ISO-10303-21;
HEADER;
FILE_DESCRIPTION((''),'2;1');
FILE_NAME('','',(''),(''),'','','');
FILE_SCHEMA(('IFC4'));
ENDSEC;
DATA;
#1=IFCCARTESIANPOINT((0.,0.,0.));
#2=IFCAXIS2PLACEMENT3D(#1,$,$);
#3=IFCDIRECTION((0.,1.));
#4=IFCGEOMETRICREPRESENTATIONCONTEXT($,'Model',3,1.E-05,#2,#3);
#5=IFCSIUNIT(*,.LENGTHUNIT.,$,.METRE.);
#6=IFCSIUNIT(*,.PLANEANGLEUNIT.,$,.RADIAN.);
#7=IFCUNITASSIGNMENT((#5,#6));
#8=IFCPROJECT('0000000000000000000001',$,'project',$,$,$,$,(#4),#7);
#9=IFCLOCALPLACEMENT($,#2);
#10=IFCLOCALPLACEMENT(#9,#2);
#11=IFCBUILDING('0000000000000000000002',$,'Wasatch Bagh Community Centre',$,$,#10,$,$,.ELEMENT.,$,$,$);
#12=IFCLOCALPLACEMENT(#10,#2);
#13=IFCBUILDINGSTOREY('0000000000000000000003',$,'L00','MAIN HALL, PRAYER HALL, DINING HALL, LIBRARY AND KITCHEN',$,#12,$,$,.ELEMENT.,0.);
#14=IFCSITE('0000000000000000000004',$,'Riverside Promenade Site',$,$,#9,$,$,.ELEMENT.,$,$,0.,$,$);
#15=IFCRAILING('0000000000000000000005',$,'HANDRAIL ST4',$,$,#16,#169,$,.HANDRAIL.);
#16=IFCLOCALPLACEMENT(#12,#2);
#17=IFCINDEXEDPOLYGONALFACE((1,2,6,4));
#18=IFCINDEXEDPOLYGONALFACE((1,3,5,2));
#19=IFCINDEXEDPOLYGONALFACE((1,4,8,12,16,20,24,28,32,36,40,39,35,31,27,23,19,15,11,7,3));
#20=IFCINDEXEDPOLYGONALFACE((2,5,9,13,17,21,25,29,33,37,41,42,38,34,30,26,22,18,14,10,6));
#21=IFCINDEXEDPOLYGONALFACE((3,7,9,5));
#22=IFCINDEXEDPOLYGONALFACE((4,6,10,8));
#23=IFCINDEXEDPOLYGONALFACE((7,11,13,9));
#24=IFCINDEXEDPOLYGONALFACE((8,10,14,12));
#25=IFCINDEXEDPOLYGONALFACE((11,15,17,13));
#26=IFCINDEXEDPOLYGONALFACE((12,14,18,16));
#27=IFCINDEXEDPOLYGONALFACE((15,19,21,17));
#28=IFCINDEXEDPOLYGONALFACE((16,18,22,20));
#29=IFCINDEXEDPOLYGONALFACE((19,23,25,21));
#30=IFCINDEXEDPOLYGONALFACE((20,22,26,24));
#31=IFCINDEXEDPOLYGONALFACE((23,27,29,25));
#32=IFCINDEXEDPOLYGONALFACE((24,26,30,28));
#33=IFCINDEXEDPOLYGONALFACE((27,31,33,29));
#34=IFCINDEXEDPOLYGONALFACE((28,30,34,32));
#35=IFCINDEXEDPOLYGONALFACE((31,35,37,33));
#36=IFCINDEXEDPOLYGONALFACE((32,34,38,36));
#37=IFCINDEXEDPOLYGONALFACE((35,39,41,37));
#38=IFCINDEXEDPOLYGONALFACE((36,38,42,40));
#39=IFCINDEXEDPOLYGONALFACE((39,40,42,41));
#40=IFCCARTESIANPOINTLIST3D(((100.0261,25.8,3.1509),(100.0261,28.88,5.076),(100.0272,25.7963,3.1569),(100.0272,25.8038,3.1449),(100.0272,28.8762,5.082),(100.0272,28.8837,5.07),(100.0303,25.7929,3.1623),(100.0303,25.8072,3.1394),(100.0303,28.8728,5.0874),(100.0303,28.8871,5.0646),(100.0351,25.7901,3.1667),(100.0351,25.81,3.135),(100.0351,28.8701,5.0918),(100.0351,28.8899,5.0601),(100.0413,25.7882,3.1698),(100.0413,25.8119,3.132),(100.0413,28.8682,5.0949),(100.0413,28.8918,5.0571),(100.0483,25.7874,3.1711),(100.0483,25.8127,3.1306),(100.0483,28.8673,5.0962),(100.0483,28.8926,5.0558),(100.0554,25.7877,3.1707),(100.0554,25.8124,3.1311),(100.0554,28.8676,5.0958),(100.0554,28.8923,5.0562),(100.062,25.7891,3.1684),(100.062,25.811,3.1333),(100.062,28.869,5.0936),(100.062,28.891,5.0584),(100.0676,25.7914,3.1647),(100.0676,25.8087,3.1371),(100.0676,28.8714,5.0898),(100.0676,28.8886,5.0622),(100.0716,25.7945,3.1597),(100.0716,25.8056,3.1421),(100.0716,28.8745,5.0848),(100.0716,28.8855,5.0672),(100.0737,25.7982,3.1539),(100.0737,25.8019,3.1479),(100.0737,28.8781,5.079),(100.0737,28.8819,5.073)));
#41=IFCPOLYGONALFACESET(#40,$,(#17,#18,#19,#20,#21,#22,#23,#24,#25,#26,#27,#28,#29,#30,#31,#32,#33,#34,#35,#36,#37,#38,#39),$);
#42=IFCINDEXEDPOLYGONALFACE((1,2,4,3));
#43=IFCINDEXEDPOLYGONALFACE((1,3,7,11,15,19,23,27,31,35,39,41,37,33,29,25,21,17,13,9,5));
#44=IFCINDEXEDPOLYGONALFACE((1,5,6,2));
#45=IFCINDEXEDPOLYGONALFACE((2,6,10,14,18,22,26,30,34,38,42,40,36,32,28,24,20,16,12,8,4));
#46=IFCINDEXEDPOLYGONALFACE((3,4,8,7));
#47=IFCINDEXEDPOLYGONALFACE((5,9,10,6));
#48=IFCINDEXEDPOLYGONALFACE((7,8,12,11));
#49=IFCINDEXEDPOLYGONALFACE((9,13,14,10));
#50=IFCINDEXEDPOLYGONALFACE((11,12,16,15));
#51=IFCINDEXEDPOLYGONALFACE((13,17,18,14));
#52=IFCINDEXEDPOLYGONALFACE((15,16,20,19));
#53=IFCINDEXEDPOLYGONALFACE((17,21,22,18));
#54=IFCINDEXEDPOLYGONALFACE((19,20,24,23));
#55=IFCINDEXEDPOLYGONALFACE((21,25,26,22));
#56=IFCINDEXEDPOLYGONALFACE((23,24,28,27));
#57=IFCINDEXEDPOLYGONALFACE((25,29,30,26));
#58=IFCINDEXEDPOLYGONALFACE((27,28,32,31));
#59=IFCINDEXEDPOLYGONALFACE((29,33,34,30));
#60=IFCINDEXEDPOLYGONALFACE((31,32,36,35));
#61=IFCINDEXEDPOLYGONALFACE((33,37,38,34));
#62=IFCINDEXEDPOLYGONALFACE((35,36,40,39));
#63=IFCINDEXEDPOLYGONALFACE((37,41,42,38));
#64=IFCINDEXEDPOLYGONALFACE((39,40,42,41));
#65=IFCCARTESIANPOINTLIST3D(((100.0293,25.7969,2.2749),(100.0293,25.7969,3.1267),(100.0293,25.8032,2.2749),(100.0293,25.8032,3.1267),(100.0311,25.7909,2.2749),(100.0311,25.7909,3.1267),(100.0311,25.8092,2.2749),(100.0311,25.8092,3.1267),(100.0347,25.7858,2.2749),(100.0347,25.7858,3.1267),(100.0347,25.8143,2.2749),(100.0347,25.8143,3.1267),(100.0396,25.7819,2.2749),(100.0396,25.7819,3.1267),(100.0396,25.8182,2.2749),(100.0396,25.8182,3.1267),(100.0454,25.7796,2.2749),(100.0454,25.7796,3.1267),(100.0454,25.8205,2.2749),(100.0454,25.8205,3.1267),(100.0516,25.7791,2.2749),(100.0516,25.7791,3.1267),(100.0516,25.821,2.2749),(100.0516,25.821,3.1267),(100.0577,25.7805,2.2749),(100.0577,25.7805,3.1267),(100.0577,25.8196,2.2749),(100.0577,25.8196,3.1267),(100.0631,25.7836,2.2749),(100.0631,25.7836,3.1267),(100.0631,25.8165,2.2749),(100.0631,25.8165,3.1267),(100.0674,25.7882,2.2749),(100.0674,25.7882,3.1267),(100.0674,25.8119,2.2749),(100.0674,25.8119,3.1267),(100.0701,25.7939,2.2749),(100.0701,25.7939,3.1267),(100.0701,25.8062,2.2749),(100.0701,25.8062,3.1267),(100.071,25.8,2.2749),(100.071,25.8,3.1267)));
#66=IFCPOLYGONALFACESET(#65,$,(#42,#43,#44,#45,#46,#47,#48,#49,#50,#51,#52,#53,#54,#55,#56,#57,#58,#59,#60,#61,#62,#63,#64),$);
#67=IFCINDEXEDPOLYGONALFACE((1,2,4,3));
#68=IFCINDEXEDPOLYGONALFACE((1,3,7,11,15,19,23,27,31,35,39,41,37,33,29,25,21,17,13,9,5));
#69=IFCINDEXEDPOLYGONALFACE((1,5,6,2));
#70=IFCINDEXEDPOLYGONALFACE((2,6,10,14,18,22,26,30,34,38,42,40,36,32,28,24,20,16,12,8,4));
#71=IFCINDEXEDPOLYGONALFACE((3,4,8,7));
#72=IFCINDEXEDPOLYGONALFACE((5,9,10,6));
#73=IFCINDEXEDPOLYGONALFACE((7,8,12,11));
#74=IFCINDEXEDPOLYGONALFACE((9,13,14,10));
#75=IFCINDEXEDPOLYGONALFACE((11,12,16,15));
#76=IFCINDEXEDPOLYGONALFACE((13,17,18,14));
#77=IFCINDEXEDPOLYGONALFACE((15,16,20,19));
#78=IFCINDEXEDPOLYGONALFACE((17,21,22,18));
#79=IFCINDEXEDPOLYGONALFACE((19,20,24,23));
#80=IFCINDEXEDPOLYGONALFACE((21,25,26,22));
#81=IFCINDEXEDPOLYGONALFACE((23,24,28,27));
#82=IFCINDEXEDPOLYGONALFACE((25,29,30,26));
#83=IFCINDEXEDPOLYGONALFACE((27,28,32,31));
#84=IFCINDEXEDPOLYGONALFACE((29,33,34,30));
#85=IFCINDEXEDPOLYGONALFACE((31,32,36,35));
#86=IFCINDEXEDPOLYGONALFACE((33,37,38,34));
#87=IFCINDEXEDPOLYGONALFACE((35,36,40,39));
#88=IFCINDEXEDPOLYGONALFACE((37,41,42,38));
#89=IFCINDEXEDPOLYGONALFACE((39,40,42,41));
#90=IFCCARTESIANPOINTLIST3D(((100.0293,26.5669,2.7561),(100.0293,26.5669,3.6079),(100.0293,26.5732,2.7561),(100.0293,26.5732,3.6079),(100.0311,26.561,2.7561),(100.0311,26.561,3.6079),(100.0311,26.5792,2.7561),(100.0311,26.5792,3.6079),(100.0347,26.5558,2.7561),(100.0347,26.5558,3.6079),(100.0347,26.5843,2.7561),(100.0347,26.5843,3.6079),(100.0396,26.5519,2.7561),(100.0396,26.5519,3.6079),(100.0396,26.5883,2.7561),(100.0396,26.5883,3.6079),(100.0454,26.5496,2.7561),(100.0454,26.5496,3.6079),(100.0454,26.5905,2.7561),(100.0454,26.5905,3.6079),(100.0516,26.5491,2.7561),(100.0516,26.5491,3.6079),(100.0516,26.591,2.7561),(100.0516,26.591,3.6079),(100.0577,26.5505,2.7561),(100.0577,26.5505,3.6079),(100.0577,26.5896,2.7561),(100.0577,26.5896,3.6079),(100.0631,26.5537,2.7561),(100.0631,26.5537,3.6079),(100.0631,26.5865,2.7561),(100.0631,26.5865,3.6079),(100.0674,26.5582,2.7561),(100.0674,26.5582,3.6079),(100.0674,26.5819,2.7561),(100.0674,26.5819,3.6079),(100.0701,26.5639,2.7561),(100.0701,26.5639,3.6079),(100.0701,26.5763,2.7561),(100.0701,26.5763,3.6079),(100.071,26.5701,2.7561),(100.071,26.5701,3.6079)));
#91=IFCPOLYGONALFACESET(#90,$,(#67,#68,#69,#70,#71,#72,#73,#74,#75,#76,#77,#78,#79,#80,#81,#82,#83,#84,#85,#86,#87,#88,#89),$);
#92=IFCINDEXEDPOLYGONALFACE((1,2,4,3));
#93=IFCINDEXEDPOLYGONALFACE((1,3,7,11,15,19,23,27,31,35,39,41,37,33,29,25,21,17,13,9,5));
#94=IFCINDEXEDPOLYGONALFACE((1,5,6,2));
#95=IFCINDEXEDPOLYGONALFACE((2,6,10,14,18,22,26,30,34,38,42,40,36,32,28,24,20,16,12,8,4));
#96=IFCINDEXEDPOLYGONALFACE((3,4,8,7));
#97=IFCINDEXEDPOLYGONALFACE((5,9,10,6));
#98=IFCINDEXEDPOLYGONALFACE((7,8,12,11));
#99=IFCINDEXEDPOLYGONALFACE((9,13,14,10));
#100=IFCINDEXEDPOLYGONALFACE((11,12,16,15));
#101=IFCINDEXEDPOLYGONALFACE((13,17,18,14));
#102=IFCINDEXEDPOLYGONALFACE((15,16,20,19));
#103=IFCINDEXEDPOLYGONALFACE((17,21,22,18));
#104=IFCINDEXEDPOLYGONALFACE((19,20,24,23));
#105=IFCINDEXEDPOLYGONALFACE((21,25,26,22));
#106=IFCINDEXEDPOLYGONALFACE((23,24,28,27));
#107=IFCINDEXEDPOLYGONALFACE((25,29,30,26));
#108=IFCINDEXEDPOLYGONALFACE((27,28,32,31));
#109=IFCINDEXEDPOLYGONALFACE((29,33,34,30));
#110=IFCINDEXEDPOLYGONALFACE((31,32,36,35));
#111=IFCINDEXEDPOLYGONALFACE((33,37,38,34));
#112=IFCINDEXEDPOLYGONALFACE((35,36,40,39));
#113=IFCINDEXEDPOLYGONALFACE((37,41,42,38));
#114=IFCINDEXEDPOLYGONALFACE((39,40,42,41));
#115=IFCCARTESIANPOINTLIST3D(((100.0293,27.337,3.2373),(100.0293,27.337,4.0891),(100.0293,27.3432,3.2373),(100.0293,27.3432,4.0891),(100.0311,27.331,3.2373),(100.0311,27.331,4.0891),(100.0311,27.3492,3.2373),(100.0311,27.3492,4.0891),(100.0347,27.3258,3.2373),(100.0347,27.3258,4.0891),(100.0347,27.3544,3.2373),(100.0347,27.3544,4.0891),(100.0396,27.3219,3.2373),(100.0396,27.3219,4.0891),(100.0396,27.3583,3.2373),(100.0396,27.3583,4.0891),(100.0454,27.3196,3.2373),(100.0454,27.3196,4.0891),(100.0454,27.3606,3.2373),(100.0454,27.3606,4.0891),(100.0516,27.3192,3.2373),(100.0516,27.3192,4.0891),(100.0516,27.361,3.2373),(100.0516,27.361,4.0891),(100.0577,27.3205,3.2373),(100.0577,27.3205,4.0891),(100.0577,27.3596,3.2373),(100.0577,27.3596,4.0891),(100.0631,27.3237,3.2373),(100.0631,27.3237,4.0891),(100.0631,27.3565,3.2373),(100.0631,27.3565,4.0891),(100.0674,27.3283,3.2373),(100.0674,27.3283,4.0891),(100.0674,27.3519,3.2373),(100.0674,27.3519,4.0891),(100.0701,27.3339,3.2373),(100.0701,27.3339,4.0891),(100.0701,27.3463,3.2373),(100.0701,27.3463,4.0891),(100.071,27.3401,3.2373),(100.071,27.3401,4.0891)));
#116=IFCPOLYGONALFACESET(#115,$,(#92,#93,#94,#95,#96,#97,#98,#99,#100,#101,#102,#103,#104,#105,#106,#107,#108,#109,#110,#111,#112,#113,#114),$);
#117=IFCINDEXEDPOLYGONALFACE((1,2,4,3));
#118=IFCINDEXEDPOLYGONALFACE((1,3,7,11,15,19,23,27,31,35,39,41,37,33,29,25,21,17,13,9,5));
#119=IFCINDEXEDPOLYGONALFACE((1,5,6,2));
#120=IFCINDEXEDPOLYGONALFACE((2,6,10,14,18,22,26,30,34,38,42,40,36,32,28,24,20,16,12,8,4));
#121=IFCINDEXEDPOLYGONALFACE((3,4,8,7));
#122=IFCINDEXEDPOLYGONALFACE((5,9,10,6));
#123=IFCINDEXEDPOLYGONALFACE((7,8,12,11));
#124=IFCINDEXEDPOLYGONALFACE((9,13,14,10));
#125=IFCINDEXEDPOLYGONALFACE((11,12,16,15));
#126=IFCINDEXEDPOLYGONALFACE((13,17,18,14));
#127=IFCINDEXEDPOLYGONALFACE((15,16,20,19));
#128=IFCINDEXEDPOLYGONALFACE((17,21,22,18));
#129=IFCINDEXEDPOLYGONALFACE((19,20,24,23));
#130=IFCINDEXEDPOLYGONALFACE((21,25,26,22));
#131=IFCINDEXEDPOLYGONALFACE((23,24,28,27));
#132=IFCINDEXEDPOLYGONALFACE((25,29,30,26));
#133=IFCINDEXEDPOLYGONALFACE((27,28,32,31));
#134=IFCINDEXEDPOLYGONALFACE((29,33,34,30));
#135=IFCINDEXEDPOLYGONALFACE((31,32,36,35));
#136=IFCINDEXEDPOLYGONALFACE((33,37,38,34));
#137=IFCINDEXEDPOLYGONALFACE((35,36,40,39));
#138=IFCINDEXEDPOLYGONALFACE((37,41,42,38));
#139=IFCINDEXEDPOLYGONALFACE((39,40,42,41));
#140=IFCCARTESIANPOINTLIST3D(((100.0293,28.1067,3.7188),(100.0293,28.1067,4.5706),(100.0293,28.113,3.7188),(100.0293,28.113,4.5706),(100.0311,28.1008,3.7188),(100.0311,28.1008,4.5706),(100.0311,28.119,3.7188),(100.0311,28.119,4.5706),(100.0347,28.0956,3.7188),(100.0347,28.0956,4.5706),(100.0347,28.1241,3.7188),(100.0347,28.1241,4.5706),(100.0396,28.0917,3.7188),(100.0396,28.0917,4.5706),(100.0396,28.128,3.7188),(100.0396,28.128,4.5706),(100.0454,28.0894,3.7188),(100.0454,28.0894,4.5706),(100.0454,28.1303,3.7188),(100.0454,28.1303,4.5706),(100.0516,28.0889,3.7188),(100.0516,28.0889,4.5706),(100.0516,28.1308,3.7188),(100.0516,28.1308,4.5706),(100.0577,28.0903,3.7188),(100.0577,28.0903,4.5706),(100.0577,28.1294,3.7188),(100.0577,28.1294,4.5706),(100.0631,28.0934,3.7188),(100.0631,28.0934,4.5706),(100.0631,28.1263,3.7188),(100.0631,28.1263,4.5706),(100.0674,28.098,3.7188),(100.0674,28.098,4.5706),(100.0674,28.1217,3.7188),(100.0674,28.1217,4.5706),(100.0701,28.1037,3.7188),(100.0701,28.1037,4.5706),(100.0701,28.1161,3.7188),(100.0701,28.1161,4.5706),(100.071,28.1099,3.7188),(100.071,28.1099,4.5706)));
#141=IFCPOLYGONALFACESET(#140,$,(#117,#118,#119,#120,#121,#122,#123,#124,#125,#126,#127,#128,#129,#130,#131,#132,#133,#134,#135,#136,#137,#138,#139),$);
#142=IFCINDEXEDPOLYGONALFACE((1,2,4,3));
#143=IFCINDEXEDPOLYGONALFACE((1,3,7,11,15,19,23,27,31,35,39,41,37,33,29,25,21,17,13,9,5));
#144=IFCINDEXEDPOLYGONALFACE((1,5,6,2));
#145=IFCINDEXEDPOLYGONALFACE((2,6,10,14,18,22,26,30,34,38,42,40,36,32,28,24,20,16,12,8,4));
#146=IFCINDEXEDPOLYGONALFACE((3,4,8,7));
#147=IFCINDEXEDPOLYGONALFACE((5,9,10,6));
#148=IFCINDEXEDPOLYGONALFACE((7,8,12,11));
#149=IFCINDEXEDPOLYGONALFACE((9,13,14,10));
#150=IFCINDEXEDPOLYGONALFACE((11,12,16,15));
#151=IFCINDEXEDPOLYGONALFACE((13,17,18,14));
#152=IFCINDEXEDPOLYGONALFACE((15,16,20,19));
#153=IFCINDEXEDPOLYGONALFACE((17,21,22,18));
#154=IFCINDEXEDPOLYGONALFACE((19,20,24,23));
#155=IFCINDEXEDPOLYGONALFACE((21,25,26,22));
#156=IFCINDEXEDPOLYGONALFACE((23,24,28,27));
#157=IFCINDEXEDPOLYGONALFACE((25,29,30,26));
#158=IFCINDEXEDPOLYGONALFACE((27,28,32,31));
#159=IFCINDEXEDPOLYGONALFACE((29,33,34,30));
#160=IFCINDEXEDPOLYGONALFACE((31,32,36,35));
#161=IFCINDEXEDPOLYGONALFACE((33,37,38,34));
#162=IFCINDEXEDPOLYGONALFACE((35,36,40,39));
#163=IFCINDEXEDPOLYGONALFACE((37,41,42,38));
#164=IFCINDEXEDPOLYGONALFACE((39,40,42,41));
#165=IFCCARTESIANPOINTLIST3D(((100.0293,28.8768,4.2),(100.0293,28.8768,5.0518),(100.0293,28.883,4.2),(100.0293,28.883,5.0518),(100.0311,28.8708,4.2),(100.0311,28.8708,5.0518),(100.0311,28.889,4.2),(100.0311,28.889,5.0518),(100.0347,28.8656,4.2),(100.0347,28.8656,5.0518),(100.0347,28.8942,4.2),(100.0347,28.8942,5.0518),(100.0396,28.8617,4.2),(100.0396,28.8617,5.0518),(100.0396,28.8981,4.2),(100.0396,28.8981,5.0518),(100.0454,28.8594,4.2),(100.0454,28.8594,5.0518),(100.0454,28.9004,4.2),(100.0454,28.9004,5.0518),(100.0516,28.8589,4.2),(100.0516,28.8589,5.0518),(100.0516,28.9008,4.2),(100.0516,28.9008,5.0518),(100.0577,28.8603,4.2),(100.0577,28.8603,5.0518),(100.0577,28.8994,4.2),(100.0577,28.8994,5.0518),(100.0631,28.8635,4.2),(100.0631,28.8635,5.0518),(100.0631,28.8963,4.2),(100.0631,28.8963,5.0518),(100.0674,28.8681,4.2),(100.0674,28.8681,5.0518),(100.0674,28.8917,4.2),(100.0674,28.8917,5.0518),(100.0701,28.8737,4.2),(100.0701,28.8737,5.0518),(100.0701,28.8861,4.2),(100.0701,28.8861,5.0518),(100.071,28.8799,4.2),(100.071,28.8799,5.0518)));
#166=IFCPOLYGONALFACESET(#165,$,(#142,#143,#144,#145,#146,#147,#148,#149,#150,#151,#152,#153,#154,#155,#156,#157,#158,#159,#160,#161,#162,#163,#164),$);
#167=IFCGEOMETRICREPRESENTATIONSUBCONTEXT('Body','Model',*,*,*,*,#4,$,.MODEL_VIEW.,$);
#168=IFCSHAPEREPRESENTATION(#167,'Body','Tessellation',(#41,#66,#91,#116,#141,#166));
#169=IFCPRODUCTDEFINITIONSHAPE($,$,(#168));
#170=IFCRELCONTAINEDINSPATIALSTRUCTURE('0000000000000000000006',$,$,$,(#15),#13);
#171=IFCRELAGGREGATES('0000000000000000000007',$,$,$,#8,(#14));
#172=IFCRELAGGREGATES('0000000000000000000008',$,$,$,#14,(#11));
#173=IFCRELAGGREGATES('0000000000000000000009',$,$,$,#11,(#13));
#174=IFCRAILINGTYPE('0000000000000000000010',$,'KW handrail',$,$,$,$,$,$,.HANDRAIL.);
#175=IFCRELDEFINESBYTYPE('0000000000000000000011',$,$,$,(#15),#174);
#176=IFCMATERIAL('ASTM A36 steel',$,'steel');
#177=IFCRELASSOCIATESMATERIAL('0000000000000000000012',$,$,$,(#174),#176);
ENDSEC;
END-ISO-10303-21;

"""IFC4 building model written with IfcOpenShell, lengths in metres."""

from ifc_helpers import new_model, si_unit, direction, frame, origin, origin_2d, place, context, subcontext, project, spatial, circle, extrude, material, type_object, element, save


model = new_model("IFC4")

# Units and contexts
model_context = context("Model", 3, precision=1e-05, world=origin(), true_north=direction((0.0, 1.0)))
body_context = subcontext(model_context, "Body", "Model", "MODEL_VIEW")
ifc_project = project(units=[si_unit("LENGTHUNIT", "METRE"), si_unit("PLANEANGLEUNIT", "RADIAN")], contexts=[model_context])

# Site, building, storey
site_placement = place(None, origin())
site = spatial("IfcSite", under=ifc_project, at=site_placement, Name="Riverside Promenade Site", CompositionType="ELEMENT", RefElevation=0.0)
building_placement = place(site_placement, origin())
building = spatial("IfcBuilding", under=site, at=building_placement, Name="Wasatch Bagh Community Centre", CompositionType="ELEMENT")
storey_placement = place(building_placement, origin())
storey = spatial("IfcBuildingStorey", under=building, at=storey_placement, Name="L00", Description="MAIN HALL, PRAYER HALL, DINING HALL, LIBRARY AND KITCHEN", CompositionType="ELEMENT", Elevation=0.0)

# Railing
ifc_material_1 = material(Name="ASTM A36 steel", Category="steel")
railing_type_1 = type_object("IfcRailingType", Name="KW handrail", PredefinedType="HANDRAIL", material=ifc_material_1)
for number, where, name in (
    (1, (100.05, 25.8, 2.2749), "HANDRAIL ST4"),
):
    element("IfcRailing", number, at=place(storey_placement, frame(where)), inside=storey, type_object=railing_type_1, Name=name, PredefinedType="HANDRAIL", context=body_context, shape_type="SweptSolid", body=[
        extrude(circle(Radius=0.0239, at=origin_2d()), frame((0.0, 0.0, 0.876), z_axis=(0.0, 0.847979, 0.530029), x_axis=(-1.0, 0.0, 0.0)), (0.0, 0.0, 1.0), 3.6321),
        extrude(circle(Radius=0.021, at=origin_2d()), origin(), (0.0, 0.0, 1.0), 0.8518),
        extrude(circle(Radius=0.021, at=origin_2d()), frame((0.0, 0.77, 0.4812)), (0.0, 0.0, 1.0), 0.8518),
        extrude(circle(Radius=0.021, at=origin_2d()), frame((0.0, 1.54, 0.9624)), (0.0, 0.0, 1.0), 0.8518),
        extrude(circle(Radius=0.021, at=origin_2d()), frame((0.0, 2.3098, 1.4438)), (0.0, 0.0, 1.0), 0.8518),
        extrude(circle(Radius=0.021, at=origin_2d()), frame((0.0, 3.0798, 1.925)), (0.0, 0.0, 1.0), 0.8518),
    ])

save(model, "model.ifc")
